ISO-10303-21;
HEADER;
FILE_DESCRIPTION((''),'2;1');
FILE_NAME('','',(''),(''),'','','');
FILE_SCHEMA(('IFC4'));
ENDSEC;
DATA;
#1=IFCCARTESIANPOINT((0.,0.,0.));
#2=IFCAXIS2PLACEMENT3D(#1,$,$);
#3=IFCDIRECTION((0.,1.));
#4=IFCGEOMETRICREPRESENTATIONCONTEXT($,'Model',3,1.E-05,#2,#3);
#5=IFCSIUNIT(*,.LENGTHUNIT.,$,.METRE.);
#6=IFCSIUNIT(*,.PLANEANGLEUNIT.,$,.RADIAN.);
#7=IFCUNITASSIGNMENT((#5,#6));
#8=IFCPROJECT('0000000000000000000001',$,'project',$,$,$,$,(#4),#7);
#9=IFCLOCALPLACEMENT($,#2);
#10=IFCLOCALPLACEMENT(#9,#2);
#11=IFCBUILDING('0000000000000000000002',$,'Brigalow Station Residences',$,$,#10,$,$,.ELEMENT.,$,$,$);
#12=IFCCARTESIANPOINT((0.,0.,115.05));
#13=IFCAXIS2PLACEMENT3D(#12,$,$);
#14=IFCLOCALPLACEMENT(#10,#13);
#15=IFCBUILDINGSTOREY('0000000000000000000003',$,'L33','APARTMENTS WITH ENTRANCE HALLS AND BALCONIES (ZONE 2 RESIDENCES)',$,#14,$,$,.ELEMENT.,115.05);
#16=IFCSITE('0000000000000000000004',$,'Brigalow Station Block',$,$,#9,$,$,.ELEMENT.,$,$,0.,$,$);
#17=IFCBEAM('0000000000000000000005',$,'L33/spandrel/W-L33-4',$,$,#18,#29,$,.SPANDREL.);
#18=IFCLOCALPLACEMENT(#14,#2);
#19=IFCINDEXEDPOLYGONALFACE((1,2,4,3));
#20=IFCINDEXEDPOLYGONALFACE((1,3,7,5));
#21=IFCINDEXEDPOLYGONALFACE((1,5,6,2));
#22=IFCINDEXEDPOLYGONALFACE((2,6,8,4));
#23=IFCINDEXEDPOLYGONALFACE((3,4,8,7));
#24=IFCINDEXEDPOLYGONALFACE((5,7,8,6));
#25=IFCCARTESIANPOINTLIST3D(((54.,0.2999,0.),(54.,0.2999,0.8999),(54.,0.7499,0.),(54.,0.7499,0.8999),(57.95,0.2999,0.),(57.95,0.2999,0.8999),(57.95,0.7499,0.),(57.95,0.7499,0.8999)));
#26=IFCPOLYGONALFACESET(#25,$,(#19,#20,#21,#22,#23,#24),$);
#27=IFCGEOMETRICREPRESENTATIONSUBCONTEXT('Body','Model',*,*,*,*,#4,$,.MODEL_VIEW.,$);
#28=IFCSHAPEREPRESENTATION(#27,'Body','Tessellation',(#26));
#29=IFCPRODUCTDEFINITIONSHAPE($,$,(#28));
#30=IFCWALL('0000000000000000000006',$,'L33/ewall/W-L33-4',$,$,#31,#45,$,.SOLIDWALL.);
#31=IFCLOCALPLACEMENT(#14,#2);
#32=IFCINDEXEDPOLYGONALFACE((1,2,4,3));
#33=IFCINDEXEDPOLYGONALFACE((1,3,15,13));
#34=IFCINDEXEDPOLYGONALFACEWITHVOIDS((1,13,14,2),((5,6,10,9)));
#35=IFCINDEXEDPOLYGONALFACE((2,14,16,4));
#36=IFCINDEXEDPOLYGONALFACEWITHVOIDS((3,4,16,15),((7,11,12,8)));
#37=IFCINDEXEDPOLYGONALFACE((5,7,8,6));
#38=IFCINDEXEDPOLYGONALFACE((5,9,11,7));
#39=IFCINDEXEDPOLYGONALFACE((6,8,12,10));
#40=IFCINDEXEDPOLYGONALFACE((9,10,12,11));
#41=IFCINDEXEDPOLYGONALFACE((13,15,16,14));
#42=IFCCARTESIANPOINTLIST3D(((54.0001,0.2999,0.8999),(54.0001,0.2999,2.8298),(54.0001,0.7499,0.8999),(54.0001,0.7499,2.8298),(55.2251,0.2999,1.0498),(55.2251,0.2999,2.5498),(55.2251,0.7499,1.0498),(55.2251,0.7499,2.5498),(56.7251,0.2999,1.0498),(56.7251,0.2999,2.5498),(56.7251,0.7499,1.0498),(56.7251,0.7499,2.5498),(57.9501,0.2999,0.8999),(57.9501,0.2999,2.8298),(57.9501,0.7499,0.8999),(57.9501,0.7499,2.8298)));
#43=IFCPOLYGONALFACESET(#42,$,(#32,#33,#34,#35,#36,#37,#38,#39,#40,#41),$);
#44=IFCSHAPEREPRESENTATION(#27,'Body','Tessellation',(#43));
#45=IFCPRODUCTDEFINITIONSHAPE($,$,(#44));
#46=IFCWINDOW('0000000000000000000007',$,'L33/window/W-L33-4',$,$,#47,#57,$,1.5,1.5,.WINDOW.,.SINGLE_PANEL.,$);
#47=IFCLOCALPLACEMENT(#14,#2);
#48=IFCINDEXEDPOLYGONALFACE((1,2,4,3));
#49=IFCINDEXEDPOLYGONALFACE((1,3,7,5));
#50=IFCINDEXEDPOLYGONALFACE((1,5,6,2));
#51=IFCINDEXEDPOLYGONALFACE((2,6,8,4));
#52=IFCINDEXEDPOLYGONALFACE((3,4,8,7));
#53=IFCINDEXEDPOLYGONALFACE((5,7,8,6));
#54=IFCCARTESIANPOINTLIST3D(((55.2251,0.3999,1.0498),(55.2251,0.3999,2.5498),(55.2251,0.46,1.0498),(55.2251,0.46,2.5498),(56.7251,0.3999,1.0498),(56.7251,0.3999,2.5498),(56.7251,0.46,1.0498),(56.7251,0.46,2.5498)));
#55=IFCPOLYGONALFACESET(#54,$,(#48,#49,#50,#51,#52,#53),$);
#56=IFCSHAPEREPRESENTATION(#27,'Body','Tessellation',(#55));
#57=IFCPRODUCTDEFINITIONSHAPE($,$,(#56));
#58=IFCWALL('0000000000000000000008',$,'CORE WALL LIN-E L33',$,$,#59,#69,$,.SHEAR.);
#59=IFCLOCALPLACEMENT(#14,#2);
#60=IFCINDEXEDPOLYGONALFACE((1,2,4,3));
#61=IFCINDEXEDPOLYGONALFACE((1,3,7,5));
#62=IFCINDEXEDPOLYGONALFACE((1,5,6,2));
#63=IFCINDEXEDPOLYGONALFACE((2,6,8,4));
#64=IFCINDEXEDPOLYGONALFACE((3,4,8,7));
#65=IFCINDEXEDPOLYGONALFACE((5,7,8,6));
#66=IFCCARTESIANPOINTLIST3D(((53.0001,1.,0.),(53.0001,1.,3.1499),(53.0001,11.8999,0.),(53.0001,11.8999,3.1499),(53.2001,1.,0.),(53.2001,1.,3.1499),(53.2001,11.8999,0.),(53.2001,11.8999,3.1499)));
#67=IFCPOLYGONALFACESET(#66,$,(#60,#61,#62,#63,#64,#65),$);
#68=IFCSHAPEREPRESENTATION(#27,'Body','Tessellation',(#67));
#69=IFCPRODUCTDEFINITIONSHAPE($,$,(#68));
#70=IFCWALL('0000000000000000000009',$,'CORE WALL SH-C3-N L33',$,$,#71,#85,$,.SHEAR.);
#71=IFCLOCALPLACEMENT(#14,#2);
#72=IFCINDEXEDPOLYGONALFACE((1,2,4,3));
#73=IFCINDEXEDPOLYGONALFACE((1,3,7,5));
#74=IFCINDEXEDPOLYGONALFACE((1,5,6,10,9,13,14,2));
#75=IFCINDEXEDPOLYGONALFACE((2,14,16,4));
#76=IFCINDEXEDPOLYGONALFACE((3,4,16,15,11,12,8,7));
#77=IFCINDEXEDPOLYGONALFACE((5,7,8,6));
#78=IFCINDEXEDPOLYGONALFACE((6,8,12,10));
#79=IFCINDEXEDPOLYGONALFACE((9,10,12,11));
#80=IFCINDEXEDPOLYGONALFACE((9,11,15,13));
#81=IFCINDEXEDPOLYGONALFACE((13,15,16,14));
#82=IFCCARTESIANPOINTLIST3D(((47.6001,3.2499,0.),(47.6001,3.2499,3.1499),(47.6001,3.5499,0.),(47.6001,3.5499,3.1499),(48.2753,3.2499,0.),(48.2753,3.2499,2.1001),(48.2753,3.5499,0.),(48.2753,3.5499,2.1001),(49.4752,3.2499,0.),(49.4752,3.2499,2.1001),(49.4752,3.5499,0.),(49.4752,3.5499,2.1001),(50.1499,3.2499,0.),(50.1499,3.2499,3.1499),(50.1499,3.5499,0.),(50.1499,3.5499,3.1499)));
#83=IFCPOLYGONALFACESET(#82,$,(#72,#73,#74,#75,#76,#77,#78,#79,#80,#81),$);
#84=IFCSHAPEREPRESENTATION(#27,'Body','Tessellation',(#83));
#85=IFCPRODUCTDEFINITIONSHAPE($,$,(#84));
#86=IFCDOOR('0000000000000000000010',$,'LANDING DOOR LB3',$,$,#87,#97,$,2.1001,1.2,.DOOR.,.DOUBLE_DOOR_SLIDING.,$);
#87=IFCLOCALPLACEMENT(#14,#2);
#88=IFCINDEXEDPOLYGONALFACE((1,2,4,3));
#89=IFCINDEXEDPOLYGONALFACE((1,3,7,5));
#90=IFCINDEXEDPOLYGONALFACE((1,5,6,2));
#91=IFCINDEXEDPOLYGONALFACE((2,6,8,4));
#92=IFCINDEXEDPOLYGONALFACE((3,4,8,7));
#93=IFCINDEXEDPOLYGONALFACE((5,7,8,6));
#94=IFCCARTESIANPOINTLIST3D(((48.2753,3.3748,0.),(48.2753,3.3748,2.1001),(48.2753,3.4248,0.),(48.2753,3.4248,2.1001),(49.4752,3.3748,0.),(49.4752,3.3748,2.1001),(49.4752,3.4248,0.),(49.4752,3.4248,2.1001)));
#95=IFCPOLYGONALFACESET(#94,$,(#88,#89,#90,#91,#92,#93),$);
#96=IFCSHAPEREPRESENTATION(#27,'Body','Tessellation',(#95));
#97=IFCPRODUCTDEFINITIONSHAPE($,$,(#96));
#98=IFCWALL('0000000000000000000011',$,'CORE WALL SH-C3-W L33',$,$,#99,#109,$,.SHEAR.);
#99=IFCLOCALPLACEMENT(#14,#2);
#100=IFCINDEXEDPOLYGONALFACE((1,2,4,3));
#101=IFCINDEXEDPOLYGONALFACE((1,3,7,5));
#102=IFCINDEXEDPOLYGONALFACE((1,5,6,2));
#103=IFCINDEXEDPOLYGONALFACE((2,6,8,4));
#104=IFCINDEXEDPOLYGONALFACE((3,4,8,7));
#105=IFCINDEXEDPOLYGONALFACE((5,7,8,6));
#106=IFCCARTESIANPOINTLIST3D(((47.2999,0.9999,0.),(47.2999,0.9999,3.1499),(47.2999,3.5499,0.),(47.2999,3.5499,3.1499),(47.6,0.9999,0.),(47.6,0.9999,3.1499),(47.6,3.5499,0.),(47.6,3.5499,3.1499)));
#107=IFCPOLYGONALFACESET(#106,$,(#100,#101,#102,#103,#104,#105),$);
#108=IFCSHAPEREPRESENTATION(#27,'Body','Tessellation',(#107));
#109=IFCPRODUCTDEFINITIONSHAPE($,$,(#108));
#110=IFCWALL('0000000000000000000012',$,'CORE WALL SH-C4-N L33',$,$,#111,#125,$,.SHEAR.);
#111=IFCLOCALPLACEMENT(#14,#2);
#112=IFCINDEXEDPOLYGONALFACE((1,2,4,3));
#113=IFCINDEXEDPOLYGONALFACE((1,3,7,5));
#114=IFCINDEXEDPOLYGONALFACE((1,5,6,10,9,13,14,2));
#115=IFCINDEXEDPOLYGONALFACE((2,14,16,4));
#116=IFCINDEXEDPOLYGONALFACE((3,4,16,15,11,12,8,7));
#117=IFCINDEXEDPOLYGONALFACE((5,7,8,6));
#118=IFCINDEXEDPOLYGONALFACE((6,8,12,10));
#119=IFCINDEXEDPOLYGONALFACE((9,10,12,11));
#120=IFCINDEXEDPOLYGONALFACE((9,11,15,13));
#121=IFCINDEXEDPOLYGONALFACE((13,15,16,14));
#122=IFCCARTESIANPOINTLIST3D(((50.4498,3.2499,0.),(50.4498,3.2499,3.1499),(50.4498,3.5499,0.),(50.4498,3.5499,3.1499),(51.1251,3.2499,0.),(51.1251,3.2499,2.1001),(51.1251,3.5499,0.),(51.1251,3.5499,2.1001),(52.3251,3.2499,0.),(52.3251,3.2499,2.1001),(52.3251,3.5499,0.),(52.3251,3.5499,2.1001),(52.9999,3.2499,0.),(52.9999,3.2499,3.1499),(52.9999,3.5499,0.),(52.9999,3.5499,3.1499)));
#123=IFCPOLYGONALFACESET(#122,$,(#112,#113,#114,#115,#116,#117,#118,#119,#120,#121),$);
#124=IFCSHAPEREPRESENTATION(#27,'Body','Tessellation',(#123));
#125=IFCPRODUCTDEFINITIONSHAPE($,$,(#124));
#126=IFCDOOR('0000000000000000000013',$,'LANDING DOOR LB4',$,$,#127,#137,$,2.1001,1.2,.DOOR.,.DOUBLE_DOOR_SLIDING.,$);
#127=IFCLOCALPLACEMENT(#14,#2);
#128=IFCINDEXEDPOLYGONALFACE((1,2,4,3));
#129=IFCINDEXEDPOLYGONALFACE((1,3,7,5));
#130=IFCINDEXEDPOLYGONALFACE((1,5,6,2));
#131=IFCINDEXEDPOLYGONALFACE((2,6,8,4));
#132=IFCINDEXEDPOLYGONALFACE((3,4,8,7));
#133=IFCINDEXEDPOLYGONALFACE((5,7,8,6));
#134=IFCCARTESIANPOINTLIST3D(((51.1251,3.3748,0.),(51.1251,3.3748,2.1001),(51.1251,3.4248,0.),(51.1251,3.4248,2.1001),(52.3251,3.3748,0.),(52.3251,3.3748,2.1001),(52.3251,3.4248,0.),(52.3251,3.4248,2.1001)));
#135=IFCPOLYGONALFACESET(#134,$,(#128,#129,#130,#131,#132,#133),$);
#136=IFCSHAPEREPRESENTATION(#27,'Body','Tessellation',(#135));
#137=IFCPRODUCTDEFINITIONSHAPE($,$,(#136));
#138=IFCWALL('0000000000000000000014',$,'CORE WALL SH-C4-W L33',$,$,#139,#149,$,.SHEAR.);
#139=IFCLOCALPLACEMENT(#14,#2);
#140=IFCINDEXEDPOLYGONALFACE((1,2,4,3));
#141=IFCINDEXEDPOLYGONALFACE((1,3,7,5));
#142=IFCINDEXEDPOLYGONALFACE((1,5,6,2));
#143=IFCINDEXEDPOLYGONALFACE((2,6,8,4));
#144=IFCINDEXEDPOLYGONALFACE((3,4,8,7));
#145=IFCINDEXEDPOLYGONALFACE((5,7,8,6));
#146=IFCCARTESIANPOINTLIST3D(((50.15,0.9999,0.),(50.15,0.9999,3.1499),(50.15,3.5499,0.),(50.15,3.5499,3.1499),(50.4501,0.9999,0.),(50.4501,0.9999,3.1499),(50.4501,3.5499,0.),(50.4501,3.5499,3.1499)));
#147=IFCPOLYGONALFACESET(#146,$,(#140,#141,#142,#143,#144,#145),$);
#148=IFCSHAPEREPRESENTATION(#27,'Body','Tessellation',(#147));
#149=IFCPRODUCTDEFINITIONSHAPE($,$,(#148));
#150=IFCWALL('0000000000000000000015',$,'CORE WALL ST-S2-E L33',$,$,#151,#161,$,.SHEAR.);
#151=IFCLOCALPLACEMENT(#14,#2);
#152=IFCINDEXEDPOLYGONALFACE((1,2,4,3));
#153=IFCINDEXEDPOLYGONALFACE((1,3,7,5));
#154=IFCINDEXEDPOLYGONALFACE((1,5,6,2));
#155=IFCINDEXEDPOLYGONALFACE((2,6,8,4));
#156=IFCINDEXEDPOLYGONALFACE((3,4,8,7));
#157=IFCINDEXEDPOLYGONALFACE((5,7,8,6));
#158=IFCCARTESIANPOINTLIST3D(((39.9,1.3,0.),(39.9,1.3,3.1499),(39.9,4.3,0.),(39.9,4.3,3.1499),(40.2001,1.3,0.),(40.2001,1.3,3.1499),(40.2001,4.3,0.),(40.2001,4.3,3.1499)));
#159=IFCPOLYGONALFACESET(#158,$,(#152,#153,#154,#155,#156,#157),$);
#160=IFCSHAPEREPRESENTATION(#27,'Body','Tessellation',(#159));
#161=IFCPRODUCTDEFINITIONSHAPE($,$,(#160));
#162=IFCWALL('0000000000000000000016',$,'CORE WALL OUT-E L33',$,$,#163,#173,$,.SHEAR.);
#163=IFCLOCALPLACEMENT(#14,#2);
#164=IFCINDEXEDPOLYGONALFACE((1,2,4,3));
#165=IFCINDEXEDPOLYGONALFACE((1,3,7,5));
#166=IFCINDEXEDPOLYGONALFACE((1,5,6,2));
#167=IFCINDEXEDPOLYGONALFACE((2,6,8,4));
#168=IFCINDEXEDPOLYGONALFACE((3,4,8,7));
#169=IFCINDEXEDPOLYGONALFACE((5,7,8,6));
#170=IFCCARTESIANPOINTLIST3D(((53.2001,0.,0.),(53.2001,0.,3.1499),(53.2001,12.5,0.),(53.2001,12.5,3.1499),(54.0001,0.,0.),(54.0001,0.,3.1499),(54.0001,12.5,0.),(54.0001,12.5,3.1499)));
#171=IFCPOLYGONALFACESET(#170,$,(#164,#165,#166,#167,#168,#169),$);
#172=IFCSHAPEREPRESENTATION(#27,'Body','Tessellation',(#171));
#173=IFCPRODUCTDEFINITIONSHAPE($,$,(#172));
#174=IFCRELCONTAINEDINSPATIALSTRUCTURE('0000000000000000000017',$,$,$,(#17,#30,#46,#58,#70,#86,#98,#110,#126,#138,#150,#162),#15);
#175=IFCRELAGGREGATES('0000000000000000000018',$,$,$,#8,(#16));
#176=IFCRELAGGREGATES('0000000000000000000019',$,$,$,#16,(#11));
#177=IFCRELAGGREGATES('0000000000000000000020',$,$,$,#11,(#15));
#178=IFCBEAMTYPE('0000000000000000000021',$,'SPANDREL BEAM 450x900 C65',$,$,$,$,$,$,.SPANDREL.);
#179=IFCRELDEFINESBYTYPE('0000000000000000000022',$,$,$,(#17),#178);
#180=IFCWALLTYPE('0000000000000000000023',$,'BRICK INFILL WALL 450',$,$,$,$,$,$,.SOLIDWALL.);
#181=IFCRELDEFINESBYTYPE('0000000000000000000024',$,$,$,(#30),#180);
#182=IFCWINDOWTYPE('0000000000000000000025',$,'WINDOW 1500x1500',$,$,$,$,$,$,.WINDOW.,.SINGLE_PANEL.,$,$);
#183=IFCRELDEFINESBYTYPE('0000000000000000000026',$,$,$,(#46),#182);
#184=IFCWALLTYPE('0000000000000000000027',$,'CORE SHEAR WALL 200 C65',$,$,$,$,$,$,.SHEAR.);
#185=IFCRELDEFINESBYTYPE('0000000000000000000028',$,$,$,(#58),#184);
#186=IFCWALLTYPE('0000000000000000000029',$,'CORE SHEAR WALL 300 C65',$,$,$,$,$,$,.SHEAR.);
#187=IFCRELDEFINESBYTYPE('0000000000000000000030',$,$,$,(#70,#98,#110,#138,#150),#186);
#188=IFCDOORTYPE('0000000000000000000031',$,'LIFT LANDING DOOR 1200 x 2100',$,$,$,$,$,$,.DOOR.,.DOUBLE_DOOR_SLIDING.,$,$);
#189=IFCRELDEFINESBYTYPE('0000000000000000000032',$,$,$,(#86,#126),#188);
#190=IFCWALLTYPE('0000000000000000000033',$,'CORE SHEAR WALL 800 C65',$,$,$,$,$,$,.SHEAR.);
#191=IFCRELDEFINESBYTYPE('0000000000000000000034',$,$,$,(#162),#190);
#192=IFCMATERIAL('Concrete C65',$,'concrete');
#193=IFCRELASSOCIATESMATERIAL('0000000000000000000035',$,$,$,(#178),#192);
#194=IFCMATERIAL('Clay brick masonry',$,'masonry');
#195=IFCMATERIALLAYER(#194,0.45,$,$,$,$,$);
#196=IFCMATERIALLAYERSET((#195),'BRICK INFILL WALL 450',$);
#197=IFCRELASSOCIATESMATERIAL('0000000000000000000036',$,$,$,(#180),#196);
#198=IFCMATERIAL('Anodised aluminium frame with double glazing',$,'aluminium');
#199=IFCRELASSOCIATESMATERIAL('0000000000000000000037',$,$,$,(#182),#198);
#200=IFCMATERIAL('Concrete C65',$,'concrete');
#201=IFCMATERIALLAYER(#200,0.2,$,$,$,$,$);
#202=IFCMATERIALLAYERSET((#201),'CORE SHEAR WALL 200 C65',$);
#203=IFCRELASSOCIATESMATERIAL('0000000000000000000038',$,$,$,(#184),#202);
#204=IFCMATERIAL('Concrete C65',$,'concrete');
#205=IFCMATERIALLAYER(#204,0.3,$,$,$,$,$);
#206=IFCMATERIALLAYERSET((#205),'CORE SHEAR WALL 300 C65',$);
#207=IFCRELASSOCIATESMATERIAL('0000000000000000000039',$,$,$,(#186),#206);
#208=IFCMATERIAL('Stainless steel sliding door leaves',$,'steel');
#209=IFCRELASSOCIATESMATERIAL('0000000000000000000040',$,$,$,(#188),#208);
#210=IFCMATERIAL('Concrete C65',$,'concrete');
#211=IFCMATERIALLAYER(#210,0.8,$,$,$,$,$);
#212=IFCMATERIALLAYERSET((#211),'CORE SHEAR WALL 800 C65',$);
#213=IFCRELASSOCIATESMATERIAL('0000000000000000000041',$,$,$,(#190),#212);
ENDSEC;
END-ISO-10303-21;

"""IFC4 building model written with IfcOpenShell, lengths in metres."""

from ifc_helpers import new_model, si_unit, direction, frame, frame_2d, origin, origin_2d, place, context, subcontext, project, spatial, rectangle, extrude, material, layer, layer_set, material_profile, profile_set, type_object, element, fill, save


model = new_model("IFC4")

# Units and contexts
model_context = context("Model", 3, precision=1e-05, world=origin(), true_north=direction((0.0, 1.0)))
body_context = subcontext(model_context, "Body", "Model", "MODEL_VIEW")
ifc_project = project(units=[si_unit("LENGTHUNIT", "METRE"), si_unit("PLANEANGLEUNIT", "RADIAN")], contexts=[model_context])

# Site, building, storey
site_placement = place(None, origin())
site = spatial("IfcSite", under=ifc_project, at=site_placement, Name="Brigalow Station Block", CompositionType="ELEMENT", RefElevation=0.0)
building_placement = place(site_placement, origin())
building = spatial("IfcBuilding", under=site, at=building_placement, Name="Brigalow Station Residences", CompositionType="ELEMENT")
storey_placement = place(building_placement, frame((0.0, 0.0, 115.05)))
storey = spatial("IfcBuildingStorey", under=building, at=storey_placement, Name="L33", Description="APARTMENTS WITH ENTRANCE HALLS AND BALCONIES (ZONE 2 RESIDENCES)", CompositionType="ELEMENT", Elevation=115.05)

# Beam
ifc_material_1 = material(Name="Concrete C65", Category="concrete")
ifc_material_profile = material_profile(ifc_material_1, rectangle(XDim=0.45, YDim=0.8999, at=origin_2d()), Name="RC450x900")
ifc_profile_set = profile_set([ifc_material_profile], Name="Concrete C65")
beam_type = type_object("IfcBeamType", Name="SPANDREL BEAM 450x900 C65", PredefinedType="SPANDREL", material=ifc_profile_set)
beam_placement = place(storey_placement, frame((54.0, 0.5249, 0.45), z_axis=(1.0, 0.0, 0.0), x_axis=(0.0, 1.0, 0.0)))
element("IfcBeam", 1, at=beam_placement, inside=storey, type_object=beam_type, Name="L33/spandrel/W-L33-4", PredefinedType="SPANDREL", context=body_context, shape_type="SweptSolid", body=[
    extrude(rectangle(XDim=0.45, YDim=0.8999, at=origin_2d()), origin(), (0.0, 0.0, 1.0), 3.95),
])

# Wall, opening, window
ifc_material_2 = material(Name="Clay brick masonry", Category="masonry")
ifc_layer_1 = layer(ifc_material_2, 0.45)
ifc_layer_set_1 = layer_set([ifc_layer_1], Name="BRICK INFILL WALL 450")
wall_type_1 = type_object("IfcWallType", Name="BRICK INFILL WALL 450", PredefinedType="SOLIDWALL", material=ifc_layer_set_1)
wall_1_placement = place(storey_placement, frame((54.0, 0.5249, 0.8999), z_axis=(0.0, 0.0, 1.0), x_axis=(1.0, 0.0, 0.0)))
wall_1 = element("IfcWall", 2, at=wall_1_placement, inside=storey, type_object=wall_type_1, Name="L33/ewall/W-L33-4", PredefinedType="SOLIDWALL", context=body_context, shape_type="SweptSolid", body=[
    extrude(rectangle(XDim=3.95, YDim=0.45, at=frame_2d((1.9751, 0.0))), origin(), (0.0, 0.0, 1.0), 1.9299),
])
opening_1_placement = place(wall_1_placement, frame((1.2251, 0.0, 0.1499)))
opening_1 = element("IfcOpeningElement", 3, at=opening_1_placement, cuts=wall_1, PredefinedType="OPENING", context=body_context, shape_type="SweptSolid", body=[
    extrude(rectangle(XDim=1.5, YDim=1.5, at=frame_2d((0.75, 0.75))), frame((0.0, 0.2349, 0.0), z_axis=(0.0, -1.0, 0.0), x_axis=(1.0, 0.0, 0.0)), (0.0, 0.0, 1.0), 0.47),
])
ifc_material_3 = material(Name="Anodised aluminium frame with double glazing", Category="aluminium")
window_type = type_object("IfcWindowType", Name="WINDOW 1500x1500", PartitioningType="SINGLE_PANEL", PredefinedType="WINDOW", material=ifc_material_3)
window_placement = place(opening_1_placement, origin())
window = element("IfcWindow", 4, at=window_placement, inside=storey, type_object=window_type, Name="L33/window/W-L33-4", OverallHeight=1.5, OverallWidth=1.5, PartitioningType="SINGLE_PANEL", PredefinedType="WINDOW", context=body_context, shape_type="SweptSolid", body=[
    extrude(rectangle(XDim=1.5, YDim=1.5, at=frame_2d((0.75, 0.75))), frame((0.0, -0.0649, 0.0), z_axis=(0.0, -1.0, 0.0), x_axis=(1.0, 0.0, 0.0)), (0.0, 0.0, 1.0), 0.0601),
])
fill(opening_1, window)

# Wall
ifc_material_4 = material(Name="Concrete C65", Category="concrete")
ifc_layer_2 = layer(ifc_material_4, 0.2)
ifc_layer_set_2 = layer_set([ifc_layer_2], Name="CORE SHEAR WALL 200 C65")
wall_type_2 = type_object("IfcWallType", Name="CORE SHEAR WALL 200 C65", PredefinedType="SHEAR", material=ifc_layer_set_2)
wall_2_placement = place(storey_placement, frame((53.1001, 1.0, 0.0), z_axis=(0.0, 0.0, 1.0), x_axis=(0.0, 1.0, 0.0)))
element("IfcWall", 5, at=wall_2_placement, inside=storey, type_object=wall_type_2, Name="CORE WALL LIN-E L33", PredefinedType="SHEAR", context=body_context, shape_type="SweptSolid", body=[
    extrude(rectangle(XDim=10.8999, YDim=0.2, at=frame_2d((5.45, 0.0))), origin(), (0.0, 0.0, 1.0), 3.1499),
])

# Wall, opening, door
ifc_material_5 = material(Name="Concrete C65", Category="concrete")
ifc_layer_3 = layer(ifc_material_5, 0.3)
ifc_layer_set_3 = layer_set([ifc_layer_3], Name="CORE SHEAR WALL 300 C65")
wall_type_3 = type_object("IfcWallType", Name="CORE SHEAR WALL 300 C65", PredefinedType="SHEAR", material=ifc_layer_set_3)
wall_3_placement = place(storey_placement, frame((47.6001, 3.3999, 0.0), z_axis=(0.0, 0.0, 1.0), x_axis=(1.0, 0.0, 0.0)))
wall_3 = element("IfcWall", 6, at=wall_3_placement, inside=storey, type_object=wall_type_3, Name="CORE WALL SH-C3-N L33", PredefinedType="SHEAR", context=body_context, shape_type="SweptSolid", body=[
    extrude(rectangle(XDim=2.5498, YDim=0.3, at=frame_2d((1.2749, 0.0))), origin(), (0.0, 0.0, 1.0), 3.1499),
])
opening_2_placement = place(wall_3_placement, frame((0.675, 0.0, 0.0)))
opening_2 = element("IfcOpeningElement", 7, at=opening_2_placement, cuts=wall_3, PredefinedType="OPENING", context=body_context, shape_type="SweptSolid", body=[
    extrude(rectangle(XDim=1.2, YDim=2.1001, at=frame_2d((0.6001, 1.05))), frame((0.0, 0.1602, 0.0), z_axis=(0.0, -1.0, 0.0), x_axis=(1.0, 0.0, 0.0)), (0.0, 0.0, 1.0), 0.3201),
])
ifc_material_6 = material(Name="Stainless steel sliding door leaves", Category="steel")
door_type_1 = type_object("IfcDoorType", Name="LIFT LANDING DOOR 1200 x 2100", OperationType="DOUBLE_DOOR_SLIDING", PredefinedType="DOOR", material=ifc_material_6)
door_1_placement = place(opening_2_placement, origin())
door_1 = element("IfcDoor", 8, at=door_1_placement, inside=storey, type_object=door_type_1, Name="LANDING DOOR LB3", OperationType="DOUBLE_DOOR_SLIDING", OverallHeight=2.1001, OverallWidth=1.2, PredefinedType="DOOR", context=body_context, shape_type="SweptSolid", body=[
    extrude(rectangle(XDim=1.2, YDim=2.1001, at=frame_2d((0.6001, 1.05))), frame((0.0, 0.0249, 0.0), z_axis=(0.0, -1.0, 0.0), x_axis=(1.0, 0.0, 0.0)), (0.0, 0.0, 1.0), 0.05),
])
fill(opening_2, door_1)

# Wall
wall_4_placement = place(storey_placement, frame((47.45, 1.0, 0.0), z_axis=(0.0, 0.0, 1.0), x_axis=(0.0, 1.0, 0.0)))
element("IfcWall", 9, at=wall_4_placement, inside=storey, type_object=wall_type_3, Name="CORE WALL SH-C3-W L33", PredefinedType="SHEAR", context=body_context, shape_type="SweptSolid", body=[
    extrude(rectangle(XDim=2.55, YDim=0.3, at=frame_2d((1.2749, 0.0))), origin(), (0.0, 0.0, 1.0), 3.1499),
])

# Wall, opening, door
wall_5_placement = place(storey_placement, frame((50.45, 3.3999, 0.0), z_axis=(0.0, 0.0, 1.0), x_axis=(1.0, 0.0, 0.0)))
wall_5 = element("IfcWall", 10, at=wall_5_placement, inside=storey, type_object=wall_type_3, Name="CORE WALL SH-C4-N L33", PredefinedType="SHEAR", context=body_context, shape_type="SweptSolid", body=[
    extrude(rectangle(XDim=2.55, YDim=0.3, at=frame_2d((1.2749, 0.0))), origin(), (0.0, 0.0, 1.0), 3.1499),
])
opening_3_placement = place(wall_5_placement, frame((0.675, 0.0, 0.0)))
opening_3 = element("IfcOpeningElement", 11, at=opening_3_placement, cuts=wall_5, PredefinedType="OPENING", context=body_context, shape_type="SweptSolid", body=[
    extrude(rectangle(XDim=1.2, YDim=2.1001, at=frame_2d((0.6001, 1.05))), frame((0.0, 0.1602, 0.0), z_axis=(0.0, -1.0, 0.0), x_axis=(1.0, 0.0, 0.0)), (0.0, 0.0, 1.0), 0.3201),
])
door_2_placement = place(opening_3_placement, origin())
door_2 = element("IfcDoor", 12, at=door_2_placement, inside=storey, type_object=door_type_1, Name="LANDING DOOR LB4", OperationType="DOUBLE_DOOR_SLIDING", OverallHeight=2.1001, OverallWidth=1.2, PredefinedType="DOOR", context=body_context, shape_type="SweptSolid", body=[
    extrude(rectangle(XDim=1.2, YDim=2.1001, at=frame_2d((0.6001, 1.05))), frame((0.0, 0.0249, 0.0), z_axis=(0.0, -1.0, 0.0), x_axis=(1.0, 0.0, 0.0)), (0.0, 0.0, 1.0), 0.05),
])
fill(opening_3, door_2)

# Walls
wall_6_placement = place(storey_placement, frame((50.3, 1.0, 0.0), z_axis=(0.0, 0.0, 1.0), x_axis=(0.0, 1.0, 0.0)))
element("IfcWall", 13, at=wall_6_placement, inside=storey, type_object=wall_type_3, Name="CORE WALL SH-C4-W L33", PredefinedType="SHEAR", context=body_context, shape_type="SweptSolid", body=[
    extrude(rectangle(XDim=2.55, YDim=0.3, at=frame_2d((1.2749, 0.0))), origin(), (0.0, 0.0, 1.0), 3.1499),
])
wall_7_placement = place(storey_placement, frame((40.05, 1.3, 0.0), z_axis=(0.0, 0.0, 1.0), x_axis=(0.0, 1.0, 0.0)))
element("IfcWall", 14, at=wall_7_placement, inside=storey, type_object=wall_type_3, Name="CORE WALL ST-S2-E L33", PredefinedType="SHEAR", context=body_context, shape_type="SweptSolid", body=[
    extrude(rectangle(XDim=3.0, YDim=0.3, at=frame_2d((1.5, 0.0))), origin(), (0.0, 0.0, 1.0), 3.1499),
])
ifc_material_7 = material(Name="Concrete C65", Category="concrete")
ifc_layer_4 = layer(ifc_material_7, 0.8)
ifc_layer_set_4 = layer_set([ifc_layer_4], Name="CORE SHEAR WALL 800 C65")
wall_type_4 = type_object("IfcWallType", Name="CORE SHEAR WALL 800 C65", PredefinedType="SHEAR", material=ifc_layer_set_4)
wall_8_placement = place(storey_placement, frame((53.6001, 0.0, 0.0), z_axis=(0.0, 0.0, 1.0), x_axis=(0.0, 1.0, 0.0)))
element("IfcWall", 15, at=wall_8_placement, inside=storey, type_object=wall_type_4, Name="CORE WALL OUT-E L33", PredefinedType="SHEAR", context=body_context, shape_type="SweptSolid", body=[
    extrude(rectangle(XDim=12.5, YDim=0.8, at=frame_2d((6.25, 0.0))), origin(), (0.0, 0.0, 1.0), 3.1499),
])

save(model, "model.ifc")
